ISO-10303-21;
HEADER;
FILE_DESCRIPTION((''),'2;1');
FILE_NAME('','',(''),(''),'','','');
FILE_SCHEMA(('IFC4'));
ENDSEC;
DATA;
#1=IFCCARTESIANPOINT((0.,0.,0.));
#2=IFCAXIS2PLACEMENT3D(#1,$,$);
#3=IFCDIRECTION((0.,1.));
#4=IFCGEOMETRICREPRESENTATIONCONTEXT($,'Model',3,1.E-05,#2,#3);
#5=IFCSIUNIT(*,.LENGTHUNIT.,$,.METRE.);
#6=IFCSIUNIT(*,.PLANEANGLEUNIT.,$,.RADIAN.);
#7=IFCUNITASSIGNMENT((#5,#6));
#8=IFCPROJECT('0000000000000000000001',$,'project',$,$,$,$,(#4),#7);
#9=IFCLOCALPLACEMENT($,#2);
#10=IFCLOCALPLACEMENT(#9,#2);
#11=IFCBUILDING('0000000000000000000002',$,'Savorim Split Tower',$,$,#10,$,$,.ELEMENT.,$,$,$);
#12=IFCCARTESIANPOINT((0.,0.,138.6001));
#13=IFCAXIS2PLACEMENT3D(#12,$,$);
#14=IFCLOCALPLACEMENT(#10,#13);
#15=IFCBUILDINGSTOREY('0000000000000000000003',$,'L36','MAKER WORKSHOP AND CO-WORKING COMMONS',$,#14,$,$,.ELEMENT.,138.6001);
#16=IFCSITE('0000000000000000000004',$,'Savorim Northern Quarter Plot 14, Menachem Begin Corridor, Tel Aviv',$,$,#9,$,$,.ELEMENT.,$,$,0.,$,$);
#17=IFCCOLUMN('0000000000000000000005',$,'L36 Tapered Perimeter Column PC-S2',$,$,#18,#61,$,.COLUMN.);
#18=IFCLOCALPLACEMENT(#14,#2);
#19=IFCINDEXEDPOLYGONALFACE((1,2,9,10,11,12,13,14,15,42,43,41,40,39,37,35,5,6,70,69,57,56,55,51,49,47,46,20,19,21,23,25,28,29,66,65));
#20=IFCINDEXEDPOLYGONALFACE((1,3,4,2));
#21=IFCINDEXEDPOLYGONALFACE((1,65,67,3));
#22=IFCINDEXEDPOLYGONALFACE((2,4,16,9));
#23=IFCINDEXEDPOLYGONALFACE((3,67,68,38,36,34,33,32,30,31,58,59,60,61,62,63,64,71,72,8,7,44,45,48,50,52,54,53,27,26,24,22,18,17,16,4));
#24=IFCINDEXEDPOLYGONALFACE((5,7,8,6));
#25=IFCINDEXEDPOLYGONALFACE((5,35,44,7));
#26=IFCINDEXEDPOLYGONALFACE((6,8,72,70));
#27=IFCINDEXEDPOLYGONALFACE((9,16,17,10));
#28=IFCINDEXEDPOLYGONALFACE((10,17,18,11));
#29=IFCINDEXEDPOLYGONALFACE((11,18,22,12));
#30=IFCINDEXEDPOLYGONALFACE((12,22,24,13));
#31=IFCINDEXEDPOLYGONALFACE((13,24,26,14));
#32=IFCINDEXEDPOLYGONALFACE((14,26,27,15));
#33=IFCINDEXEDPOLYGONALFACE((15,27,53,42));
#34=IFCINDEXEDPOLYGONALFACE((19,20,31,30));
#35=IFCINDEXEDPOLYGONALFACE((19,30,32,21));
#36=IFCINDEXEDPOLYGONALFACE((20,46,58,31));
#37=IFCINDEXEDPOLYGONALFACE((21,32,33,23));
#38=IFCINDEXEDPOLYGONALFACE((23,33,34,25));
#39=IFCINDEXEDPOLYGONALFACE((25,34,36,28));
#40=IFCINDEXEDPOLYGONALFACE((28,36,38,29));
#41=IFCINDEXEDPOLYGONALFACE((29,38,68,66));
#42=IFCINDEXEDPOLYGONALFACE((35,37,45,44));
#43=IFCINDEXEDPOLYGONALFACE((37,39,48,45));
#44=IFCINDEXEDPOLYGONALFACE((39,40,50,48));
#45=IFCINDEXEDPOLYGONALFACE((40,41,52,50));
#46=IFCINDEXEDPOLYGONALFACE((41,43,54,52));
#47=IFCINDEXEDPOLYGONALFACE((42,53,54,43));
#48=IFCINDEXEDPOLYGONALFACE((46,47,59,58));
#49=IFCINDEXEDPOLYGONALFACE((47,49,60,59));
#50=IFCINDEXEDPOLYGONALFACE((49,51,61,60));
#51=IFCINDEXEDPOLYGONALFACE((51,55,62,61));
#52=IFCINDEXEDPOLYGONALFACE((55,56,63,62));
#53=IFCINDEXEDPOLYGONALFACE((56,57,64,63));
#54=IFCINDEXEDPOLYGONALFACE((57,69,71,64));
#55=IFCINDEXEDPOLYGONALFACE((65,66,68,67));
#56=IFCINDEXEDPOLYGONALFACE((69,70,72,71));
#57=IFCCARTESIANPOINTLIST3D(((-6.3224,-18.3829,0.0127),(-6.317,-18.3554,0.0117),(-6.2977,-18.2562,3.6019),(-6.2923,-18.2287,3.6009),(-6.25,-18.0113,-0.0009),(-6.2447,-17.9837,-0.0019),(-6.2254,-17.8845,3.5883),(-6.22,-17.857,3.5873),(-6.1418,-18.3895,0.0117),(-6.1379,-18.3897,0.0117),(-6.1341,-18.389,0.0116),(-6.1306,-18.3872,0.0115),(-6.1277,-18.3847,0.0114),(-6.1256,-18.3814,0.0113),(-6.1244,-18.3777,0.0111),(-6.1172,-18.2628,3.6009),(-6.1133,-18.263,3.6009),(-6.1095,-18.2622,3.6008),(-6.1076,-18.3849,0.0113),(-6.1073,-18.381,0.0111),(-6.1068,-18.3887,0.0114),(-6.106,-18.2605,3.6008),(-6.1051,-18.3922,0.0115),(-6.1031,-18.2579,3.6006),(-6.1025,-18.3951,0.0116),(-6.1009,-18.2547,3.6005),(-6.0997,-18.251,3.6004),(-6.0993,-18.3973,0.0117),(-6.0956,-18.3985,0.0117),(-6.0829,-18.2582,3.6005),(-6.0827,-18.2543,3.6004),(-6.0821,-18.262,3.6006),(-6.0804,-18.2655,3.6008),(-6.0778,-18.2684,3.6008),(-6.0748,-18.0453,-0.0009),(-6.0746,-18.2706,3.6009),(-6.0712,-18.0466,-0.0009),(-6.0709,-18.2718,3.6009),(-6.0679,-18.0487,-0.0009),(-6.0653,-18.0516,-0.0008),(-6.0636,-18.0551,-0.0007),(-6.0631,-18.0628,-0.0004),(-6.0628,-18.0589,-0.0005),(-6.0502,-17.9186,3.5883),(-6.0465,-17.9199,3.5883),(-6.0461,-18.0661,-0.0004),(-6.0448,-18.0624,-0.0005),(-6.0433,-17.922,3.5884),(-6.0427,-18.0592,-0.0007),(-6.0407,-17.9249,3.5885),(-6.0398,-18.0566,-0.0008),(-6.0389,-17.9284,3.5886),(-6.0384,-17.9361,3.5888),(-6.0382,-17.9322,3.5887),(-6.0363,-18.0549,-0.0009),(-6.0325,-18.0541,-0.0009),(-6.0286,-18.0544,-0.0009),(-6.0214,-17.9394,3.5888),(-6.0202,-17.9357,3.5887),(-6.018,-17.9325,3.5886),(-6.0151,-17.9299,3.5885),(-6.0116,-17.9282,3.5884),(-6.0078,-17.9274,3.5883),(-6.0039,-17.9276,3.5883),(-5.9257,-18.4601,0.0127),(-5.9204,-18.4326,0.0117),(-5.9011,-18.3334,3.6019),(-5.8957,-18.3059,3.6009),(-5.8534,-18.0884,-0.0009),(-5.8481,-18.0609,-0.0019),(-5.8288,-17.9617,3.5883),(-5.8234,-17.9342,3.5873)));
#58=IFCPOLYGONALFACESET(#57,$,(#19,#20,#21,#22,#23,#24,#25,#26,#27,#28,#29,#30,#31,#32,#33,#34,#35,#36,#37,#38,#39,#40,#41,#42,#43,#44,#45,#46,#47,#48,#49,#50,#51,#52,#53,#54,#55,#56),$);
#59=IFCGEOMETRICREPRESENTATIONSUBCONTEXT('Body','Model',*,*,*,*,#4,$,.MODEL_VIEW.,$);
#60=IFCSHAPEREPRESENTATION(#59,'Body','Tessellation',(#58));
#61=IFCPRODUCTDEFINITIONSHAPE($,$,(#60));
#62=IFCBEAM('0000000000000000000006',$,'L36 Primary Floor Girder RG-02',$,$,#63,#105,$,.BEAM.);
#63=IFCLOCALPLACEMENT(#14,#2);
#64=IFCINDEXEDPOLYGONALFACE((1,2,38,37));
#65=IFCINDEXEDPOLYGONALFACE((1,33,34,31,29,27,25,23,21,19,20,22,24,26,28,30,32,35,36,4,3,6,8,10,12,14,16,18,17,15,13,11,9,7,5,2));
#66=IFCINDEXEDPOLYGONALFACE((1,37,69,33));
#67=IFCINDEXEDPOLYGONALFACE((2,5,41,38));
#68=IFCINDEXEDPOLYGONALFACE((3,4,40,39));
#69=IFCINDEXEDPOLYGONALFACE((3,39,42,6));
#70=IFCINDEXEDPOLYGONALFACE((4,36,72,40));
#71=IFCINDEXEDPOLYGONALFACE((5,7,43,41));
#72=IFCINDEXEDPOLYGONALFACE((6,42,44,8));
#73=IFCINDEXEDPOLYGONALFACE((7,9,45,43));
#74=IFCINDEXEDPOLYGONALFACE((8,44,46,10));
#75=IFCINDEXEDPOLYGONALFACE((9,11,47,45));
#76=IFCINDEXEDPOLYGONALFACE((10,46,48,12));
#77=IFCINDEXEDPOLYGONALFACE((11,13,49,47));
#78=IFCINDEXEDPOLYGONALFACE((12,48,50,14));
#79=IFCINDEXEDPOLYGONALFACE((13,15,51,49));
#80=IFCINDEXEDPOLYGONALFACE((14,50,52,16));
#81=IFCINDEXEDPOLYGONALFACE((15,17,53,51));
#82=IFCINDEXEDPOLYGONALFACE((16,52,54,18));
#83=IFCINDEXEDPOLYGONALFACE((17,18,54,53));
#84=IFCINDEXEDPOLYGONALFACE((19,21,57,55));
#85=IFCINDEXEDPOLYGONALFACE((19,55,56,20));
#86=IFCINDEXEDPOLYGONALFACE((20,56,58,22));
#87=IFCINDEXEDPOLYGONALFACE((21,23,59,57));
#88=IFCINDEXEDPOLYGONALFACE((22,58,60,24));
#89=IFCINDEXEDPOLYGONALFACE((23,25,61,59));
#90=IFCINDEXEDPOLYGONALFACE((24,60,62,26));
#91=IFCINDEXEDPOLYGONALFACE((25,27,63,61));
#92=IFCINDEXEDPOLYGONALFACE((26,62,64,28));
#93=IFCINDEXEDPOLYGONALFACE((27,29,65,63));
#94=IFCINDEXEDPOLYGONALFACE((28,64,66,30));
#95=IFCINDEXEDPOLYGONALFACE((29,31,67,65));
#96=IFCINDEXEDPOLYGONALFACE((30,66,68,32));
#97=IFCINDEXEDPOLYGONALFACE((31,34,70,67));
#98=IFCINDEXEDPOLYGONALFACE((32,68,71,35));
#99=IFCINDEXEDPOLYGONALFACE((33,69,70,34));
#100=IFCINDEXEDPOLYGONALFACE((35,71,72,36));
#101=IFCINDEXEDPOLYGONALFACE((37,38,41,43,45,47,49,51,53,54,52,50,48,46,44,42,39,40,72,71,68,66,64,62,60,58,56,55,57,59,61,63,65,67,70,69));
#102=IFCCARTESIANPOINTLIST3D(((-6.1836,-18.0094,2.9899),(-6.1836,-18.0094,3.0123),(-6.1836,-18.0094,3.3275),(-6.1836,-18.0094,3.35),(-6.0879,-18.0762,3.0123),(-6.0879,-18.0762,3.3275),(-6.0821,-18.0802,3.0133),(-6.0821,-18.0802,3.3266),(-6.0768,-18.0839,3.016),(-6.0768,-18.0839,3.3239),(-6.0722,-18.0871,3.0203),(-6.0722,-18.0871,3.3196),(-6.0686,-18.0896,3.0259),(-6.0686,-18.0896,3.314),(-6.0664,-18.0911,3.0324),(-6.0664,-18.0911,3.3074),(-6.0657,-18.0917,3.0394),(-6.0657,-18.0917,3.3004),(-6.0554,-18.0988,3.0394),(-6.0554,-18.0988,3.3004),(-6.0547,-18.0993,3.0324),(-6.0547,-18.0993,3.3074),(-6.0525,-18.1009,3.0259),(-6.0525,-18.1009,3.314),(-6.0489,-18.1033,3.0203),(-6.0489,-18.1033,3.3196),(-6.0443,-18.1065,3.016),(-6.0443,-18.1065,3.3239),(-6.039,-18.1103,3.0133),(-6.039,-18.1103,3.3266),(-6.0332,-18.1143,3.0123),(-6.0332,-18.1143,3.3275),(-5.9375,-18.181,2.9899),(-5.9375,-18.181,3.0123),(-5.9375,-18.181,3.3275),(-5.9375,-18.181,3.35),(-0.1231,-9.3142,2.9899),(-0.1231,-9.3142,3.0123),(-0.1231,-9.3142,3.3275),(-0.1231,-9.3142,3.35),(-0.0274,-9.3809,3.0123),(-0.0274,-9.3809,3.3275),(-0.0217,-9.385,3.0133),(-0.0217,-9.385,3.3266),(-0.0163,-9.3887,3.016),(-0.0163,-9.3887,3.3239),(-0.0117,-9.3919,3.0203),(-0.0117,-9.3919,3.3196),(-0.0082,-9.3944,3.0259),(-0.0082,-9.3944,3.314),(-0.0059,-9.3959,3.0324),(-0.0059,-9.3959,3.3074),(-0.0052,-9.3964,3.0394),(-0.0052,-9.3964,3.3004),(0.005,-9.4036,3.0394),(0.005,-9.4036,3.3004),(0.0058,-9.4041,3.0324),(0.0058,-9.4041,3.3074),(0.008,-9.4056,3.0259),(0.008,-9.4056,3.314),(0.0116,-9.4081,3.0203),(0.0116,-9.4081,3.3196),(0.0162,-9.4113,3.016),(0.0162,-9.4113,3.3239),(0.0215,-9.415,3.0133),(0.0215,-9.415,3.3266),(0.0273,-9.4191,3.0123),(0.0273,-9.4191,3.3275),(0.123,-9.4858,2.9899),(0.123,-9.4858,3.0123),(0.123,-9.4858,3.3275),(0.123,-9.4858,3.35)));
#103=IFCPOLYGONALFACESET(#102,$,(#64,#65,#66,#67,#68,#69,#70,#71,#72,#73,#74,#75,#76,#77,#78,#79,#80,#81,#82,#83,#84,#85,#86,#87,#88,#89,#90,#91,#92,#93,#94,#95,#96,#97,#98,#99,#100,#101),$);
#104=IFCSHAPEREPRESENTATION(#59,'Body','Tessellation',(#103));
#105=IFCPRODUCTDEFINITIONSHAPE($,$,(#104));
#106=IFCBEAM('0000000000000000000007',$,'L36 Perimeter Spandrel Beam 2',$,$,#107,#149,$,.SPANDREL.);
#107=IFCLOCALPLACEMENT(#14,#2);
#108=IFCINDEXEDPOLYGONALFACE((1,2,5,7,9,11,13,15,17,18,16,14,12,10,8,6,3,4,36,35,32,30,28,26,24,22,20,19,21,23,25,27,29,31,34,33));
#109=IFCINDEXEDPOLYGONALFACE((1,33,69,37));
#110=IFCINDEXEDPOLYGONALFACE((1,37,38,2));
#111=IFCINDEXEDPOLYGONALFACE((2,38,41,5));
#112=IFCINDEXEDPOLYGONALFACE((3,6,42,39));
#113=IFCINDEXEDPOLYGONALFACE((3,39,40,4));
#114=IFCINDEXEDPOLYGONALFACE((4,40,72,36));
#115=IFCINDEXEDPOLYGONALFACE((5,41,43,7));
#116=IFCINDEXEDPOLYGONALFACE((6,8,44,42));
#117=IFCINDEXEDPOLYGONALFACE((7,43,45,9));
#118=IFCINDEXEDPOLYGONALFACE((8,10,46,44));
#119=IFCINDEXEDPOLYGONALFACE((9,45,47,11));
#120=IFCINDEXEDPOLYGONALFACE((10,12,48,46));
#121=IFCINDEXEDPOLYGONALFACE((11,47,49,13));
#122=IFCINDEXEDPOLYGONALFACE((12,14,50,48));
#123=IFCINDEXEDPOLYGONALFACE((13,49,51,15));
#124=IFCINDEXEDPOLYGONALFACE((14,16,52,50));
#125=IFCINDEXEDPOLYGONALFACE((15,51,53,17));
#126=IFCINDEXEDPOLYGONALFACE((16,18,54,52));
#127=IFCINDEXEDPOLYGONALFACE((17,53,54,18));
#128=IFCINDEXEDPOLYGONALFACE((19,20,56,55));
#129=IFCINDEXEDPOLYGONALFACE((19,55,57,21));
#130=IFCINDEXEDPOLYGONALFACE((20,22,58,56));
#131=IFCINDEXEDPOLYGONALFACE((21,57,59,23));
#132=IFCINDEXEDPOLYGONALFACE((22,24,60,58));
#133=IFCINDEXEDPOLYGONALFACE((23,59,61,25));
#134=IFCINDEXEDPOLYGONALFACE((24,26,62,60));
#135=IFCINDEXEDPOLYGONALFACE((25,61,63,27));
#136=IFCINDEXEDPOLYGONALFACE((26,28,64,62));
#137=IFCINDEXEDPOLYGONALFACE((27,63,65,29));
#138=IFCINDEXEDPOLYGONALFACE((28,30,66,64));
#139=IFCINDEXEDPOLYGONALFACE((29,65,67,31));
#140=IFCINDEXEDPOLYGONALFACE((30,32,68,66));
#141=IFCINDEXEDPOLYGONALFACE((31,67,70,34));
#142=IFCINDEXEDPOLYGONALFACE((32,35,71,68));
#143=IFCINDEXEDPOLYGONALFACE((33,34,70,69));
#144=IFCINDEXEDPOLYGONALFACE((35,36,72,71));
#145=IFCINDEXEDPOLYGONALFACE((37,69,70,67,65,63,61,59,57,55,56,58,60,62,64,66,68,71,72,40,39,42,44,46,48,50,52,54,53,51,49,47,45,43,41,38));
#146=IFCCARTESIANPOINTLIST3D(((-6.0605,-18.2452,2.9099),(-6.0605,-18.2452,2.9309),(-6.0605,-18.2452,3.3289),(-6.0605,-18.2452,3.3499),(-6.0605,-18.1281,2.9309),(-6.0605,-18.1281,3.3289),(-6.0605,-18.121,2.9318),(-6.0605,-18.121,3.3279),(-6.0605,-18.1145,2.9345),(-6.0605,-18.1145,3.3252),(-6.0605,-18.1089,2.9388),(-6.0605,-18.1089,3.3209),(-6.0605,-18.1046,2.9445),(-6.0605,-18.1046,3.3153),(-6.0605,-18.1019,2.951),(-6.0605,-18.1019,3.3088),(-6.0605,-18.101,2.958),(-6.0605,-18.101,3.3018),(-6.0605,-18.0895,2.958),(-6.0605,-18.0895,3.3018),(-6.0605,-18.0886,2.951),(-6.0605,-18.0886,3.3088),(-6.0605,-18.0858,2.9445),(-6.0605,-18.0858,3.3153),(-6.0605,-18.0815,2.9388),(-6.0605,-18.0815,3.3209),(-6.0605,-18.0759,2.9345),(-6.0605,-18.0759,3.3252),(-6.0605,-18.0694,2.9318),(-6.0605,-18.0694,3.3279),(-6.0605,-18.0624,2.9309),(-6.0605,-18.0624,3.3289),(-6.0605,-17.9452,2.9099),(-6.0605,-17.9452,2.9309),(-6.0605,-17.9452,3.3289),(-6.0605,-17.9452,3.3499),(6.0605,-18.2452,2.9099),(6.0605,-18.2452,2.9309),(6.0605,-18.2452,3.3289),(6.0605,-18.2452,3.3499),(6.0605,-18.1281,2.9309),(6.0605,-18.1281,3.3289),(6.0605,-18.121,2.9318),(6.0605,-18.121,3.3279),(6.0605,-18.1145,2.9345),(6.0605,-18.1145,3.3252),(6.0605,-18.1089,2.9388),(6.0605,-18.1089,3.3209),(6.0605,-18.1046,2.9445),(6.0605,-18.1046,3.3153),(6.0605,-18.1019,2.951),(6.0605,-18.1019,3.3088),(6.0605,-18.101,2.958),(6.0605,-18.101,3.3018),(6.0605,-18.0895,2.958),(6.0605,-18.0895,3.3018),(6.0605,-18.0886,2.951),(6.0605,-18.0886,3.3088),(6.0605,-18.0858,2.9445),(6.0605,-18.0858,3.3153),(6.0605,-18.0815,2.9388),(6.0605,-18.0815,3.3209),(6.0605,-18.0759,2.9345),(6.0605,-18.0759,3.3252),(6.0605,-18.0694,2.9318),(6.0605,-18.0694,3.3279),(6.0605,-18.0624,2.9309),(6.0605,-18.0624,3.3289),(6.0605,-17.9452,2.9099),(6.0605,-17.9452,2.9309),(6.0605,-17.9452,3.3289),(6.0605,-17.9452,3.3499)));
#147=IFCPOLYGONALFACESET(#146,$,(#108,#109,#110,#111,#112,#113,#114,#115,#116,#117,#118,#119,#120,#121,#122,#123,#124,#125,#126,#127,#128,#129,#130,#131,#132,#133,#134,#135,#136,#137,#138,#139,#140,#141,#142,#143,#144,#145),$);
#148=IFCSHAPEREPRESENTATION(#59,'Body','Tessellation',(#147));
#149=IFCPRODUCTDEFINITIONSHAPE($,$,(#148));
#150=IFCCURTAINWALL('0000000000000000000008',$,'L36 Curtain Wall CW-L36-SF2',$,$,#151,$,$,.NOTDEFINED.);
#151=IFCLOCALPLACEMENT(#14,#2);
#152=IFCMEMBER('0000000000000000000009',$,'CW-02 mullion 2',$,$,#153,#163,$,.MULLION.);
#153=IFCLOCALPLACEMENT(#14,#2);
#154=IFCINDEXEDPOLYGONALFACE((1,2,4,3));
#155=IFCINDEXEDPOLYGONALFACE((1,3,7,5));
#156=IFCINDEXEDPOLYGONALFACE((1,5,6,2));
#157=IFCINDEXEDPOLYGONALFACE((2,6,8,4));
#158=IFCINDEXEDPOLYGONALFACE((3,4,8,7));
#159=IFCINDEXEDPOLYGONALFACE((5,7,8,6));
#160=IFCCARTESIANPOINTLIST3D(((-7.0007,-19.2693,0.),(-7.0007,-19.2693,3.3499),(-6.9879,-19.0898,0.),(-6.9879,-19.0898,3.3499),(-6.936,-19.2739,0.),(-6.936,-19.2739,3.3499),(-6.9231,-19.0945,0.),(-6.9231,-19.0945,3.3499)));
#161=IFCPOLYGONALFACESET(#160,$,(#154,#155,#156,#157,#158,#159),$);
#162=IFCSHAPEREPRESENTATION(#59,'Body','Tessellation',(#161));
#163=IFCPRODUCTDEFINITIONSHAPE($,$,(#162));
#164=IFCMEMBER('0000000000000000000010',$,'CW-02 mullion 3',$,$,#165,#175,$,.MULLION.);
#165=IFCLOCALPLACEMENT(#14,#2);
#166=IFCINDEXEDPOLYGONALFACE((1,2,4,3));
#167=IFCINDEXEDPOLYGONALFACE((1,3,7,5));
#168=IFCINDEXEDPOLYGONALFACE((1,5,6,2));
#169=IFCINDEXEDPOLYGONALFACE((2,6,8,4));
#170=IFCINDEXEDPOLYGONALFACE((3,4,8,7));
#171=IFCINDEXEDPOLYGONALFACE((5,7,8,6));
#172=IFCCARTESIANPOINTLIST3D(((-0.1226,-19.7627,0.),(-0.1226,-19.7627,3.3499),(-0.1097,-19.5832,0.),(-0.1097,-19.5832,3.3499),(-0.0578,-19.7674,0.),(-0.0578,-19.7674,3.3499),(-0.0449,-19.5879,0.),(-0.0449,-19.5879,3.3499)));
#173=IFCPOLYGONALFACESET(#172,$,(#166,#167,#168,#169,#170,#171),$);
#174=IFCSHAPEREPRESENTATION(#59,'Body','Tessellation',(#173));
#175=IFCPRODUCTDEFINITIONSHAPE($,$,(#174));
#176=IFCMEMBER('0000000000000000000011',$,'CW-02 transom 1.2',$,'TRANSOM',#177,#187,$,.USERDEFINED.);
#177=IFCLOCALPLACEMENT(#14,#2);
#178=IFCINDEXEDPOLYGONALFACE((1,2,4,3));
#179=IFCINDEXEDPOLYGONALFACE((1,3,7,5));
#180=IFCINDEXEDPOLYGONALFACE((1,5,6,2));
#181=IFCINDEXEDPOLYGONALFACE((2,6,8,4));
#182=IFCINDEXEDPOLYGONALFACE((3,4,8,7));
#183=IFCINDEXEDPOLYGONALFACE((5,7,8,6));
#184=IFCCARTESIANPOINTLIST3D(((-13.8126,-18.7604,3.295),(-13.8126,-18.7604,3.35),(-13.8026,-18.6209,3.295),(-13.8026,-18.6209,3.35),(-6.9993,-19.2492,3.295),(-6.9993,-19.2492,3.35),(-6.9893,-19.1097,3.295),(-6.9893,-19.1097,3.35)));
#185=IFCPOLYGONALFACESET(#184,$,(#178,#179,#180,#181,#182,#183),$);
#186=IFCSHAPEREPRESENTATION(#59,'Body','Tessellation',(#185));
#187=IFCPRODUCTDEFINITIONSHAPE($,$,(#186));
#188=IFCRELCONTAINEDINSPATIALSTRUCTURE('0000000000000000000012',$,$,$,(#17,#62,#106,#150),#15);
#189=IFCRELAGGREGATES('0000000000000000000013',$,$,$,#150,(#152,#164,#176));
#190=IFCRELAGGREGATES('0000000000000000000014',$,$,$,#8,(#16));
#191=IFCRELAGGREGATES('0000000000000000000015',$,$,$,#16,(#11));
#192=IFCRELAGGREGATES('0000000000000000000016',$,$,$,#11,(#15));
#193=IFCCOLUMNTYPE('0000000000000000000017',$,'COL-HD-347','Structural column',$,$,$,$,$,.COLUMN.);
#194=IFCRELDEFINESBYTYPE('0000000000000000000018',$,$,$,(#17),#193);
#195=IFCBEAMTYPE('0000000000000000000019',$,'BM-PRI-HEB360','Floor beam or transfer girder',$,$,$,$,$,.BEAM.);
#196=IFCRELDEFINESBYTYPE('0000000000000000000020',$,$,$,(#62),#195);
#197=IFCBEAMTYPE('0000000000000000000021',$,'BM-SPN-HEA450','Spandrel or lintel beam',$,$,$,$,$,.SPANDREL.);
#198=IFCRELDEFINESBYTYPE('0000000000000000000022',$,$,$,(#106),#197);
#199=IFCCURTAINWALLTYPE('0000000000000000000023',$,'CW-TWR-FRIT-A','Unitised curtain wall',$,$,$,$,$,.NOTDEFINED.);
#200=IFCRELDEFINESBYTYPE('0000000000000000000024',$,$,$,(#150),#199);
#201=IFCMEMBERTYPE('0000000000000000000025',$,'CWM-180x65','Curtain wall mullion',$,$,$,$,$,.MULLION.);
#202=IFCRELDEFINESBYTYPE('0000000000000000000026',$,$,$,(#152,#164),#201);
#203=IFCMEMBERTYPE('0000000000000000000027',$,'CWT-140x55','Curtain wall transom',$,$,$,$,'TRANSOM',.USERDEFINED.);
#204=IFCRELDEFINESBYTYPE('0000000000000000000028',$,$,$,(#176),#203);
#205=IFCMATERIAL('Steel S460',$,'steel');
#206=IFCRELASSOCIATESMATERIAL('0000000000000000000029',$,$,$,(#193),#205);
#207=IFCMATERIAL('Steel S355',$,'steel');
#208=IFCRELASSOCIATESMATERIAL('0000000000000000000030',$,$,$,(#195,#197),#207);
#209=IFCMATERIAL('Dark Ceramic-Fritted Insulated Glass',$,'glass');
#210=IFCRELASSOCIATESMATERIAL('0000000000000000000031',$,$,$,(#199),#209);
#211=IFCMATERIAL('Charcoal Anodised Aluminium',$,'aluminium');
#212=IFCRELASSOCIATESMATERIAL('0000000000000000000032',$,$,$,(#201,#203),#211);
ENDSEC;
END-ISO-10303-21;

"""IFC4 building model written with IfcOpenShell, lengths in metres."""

from ifc_helpers import new_model, si_unit, direction, frame, origin, origin_2d, place, context, subcontext, project, spatial, rectangle, i_section, extrude, material, material_profile, profile_set, type_object, element, aggregate, save


model = new_model("IFC4")

# Units and contexts
model_context = context("Model", 3, precision=1e-05, world=origin(), true_north=direction((0.0, 1.0)))
body_context = subcontext(model_context, "Body", "Model", "MODEL_VIEW")
ifc_project = project(units=[si_unit("LENGTHUNIT", "METRE"), si_unit("PLANEANGLEUNIT", "RADIAN")], contexts=[model_context])

# Site, building, storey
site_placement = place(None, origin())
site = spatial("IfcSite", under=ifc_project, at=site_placement, Name="Savorim Northern Quarter Plot 14, Menachem Begin Corridor, Tel Aviv", CompositionType="ELEMENT", RefElevation=0.0)
building_placement = place(site_placement, origin())
building = spatial("IfcBuilding", under=site, at=building_placement, Name="Savorim Split Tower", CompositionType="ELEMENT")
storey_placement = place(building_placement, frame((0.0, 0.0, 138.6001)))
storey = spatial("IfcBuildingStorey", under=building, at=storey_placement, Name="L36", Description="MAKER WORKSHOP AND CO-WORKING COMMONS", CompositionType="ELEMENT", Elevation=138.6001)

# Column
ifc_material_1 = material(Name="Steel S460", Category="steel")
ifc_material_profile_1 = material_profile(ifc_material_1, i_section(OverallWidth=0.4041, OverallDepth=0.407, WebThickness=0.0173, FlangeThickness=0.0281, FilletRadius=0.0149, at=origin_2d()), Name="HD 400x347")
ifc_profile_set_1 = profile_set([ifc_material_profile_1], Name="Steel S460")
column_type = type_object("IfcColumnType", Name="COL-HD-347", Description="Structural column", PredefinedType="COLUMN", material=ifc_profile_set_1)
column_placement = place(storey_placement, frame((-6.0852, -18.2219, 0.0054), z_axis=(0.006866, 0.035281, 0.999354), x_axis=(-0.981586, 0.191022, 0.0)))
element("IfcColumn", 1, at=column_placement, inside=storey, type_object=column_type, Name="L36 Tapered Perimeter Column PC-S2", PredefinedType="COLUMN", context=body_context, shape_type="SweptSolid", body=[
    extrude(i_section(OverallWidth=0.4041, OverallDepth=0.407, WebThickness=0.0173, FlangeThickness=0.0281, FilletRadius=0.0149, at=origin_2d()), origin(), (0.0, 0.0, 1.0), 3.5916),
])

# Beams
ifc_material_2 = material(Name="Steel S355", Category="steel")
ifc_material_profile_2 = material_profile(ifc_material_2, i_section(OverallWidth=0.3, OverallDepth=0.3601, WebThickness=0.0125, FlangeThickness=0.0225, FilletRadius=0.0271, at=origin_2d()), Name="HEB 360")
ifc_profile_set_2 = profile_set([ifc_material_profile_2], Name="Steel S355")
beam_type_1 = type_object("IfcBeamType", Name="BM-PRI-HEB360", Description="Floor beam or transfer girder", PredefinedType="BEAM", material=ifc_profile_set_2)
beam_1_placement = place(storey_placement, frame((-6.0605, -18.0952, 3.1699), z_axis=(0.571804, 0.82039, 0.0), x_axis=(-0.82039, 0.571804, 0.0)))
element("IfcBeam", 2, at=beam_1_placement, inside=storey, type_object=beam_type_1, Name="L36 Primary Floor Girder RG-02", PredefinedType="BEAM", context=body_context, shape_type="SweptSolid", body=[
    extrude(i_section(OverallWidth=0.3, OverallDepth=0.3601, WebThickness=0.0125, FlangeThickness=0.0225, FilletRadius=0.0271, at=origin_2d()), origin(), (0.0, 0.0, 1.0), 10.5989),
])
ifc_material_profile_3 = material_profile(ifc_material_2, i_section(OverallWidth=0.3, OverallDepth=0.4399, WebThickness=0.0115, FlangeThickness=0.021, FilletRadius=0.0271, at=origin_2d()), Name="HEA 450")
ifc_profile_set_3 = profile_set([ifc_material_profile_3], Name="Steel S355")
beam_type_2 = type_object("IfcBeamType", Name="BM-SPN-HEA450", Description="Spandrel or lintel beam", PredefinedType="SPANDREL", material=ifc_profile_set_3)
beam_2_placement = place(storey_placement, frame((-6.0605, -18.0952, 3.1299), z_axis=(1.0, 0.0, 0.0), x_axis=(0.0, 1.0, 0.0)))
element("IfcBeam", 3, at=beam_2_placement, inside=storey, type_object=beam_type_2, Name="L36 Perimeter Spandrel Beam 2", PredefinedType="SPANDREL", context=body_context, shape_type="SweptSolid", body=[
    extrude(i_section(OverallWidth=0.3, OverallDepth=0.4399, WebThickness=0.0115, FlangeThickness=0.021, FilletRadius=0.0271, at=origin_2d()), origin(), (0.0, 0.0, 1.0), 12.1211),
])

# Curtain wall, members
ifc_material_3 = material(Name="Dark Ceramic-Fritted Insulated Glass", Category="glass")
curtain_wall_type = type_object("IfcCurtainWallType", Name="CW-TWR-FRIT-A", Description="Unitised curtain wall", PredefinedType="NOTDEFINED", material=ifc_material_3)
curtain_wall_placement = place(storey_placement, origin())
curtain_wall = element("IfcCurtainWall", 4, at=curtain_wall_placement, inside=storey, type_object=curtain_wall_type, Name="L36 Curtain Wall CW-L36-SF2", PredefinedType="NOTDEFINED")
ifc_material_4 = material(Name="Charcoal Anodised Aluminium", Category="aluminium")
ifc_material_profile_4 = material_profile(ifc_material_4, rectangle(XDim=0.1799, YDim=0.0649, at=origin_2d()), Name="ALU-M 180x65")
ifc_profile_set_4 = profile_set([ifc_material_profile_4], Name="Charcoal Anodised Aluminium")
member_type_1 = type_object("IfcMemberType", Name="CWM-180x65", Description="Curtain wall mullion", PredefinedType="MULLION", material=ifc_profile_set_4)
member_1_placement = place(storey_placement, frame((-6.9619, -19.1819, 0.0), z_axis=(0.0, 0.0, 1.0), x_axis=(0.071561, 0.997436, 0.0)))
member_1 = element("IfcMember", 5, at=member_1_placement, type_object=member_type_1, Name="CW-02 mullion 2", PredefinedType="MULLION", context=body_context, shape_type="SweptSolid", body=[
    extrude(rectangle(XDim=0.1799, YDim=0.0649, at=origin_2d()), origin(), (0.0, 0.0, 1.0), 3.3499),
])
member_2_placement = place(storey_placement, frame((-0.0837, -19.6753, 0.0), z_axis=(0.0, 0.0, 1.0), x_axis=(0.071561, 0.997436, 0.0)))
member_2 = element("IfcMember", 6, at=member_2_placement, type_object=member_type_1, Name="CW-02 mullion 3", PredefinedType="MULLION", context=body_context, shape_type="SweptSolid", body=[
    extrude(rectangle(XDim=0.1799, YDim=0.0649, at=origin_2d()), origin(), (0.0, 0.0, 1.0), 3.3499),
])
ifc_material_profile_5 = material_profile(ifc_material_4, rectangle(XDim=0.1399, YDim=0.0549, at=origin_2d()), Name="ALU-T 140x55")
ifc_profile_set_5 = profile_set([ifc_material_profile_5], Name="Charcoal Anodised Aluminium")
member_type_2 = type_object("IfcMemberType", Name="CWT-140x55", Description="Curtain wall transom", ElementType="TRANSOM", PredefinedType="USERDEFINED", material=ifc_profile_set_5)
member_3_placement = place(storey_placement, frame((-13.8076, -18.6907, 3.3225), z_axis=(0.997437, -0.071554, 0.0), x_axis=(0.071554, 0.997437, 0.0)))
member_3 = element("IfcMember", 7, at=member_3_placement, type_object=member_type_2, Name="CW-02 transom 1.2", ObjectType="TRANSOM", PredefinedType="USERDEFINED", context=body_context, shape_type="SweptSolid", body=[
    extrude(rectangle(XDim=0.1399, YDim=0.0549, at=origin_2d()), origin(), (0.0, 0.0, 1.0), 6.8308),
])
aggregate(curtain_wall, [member_1, member_2, member_3])

save(model, "model.ifc")
